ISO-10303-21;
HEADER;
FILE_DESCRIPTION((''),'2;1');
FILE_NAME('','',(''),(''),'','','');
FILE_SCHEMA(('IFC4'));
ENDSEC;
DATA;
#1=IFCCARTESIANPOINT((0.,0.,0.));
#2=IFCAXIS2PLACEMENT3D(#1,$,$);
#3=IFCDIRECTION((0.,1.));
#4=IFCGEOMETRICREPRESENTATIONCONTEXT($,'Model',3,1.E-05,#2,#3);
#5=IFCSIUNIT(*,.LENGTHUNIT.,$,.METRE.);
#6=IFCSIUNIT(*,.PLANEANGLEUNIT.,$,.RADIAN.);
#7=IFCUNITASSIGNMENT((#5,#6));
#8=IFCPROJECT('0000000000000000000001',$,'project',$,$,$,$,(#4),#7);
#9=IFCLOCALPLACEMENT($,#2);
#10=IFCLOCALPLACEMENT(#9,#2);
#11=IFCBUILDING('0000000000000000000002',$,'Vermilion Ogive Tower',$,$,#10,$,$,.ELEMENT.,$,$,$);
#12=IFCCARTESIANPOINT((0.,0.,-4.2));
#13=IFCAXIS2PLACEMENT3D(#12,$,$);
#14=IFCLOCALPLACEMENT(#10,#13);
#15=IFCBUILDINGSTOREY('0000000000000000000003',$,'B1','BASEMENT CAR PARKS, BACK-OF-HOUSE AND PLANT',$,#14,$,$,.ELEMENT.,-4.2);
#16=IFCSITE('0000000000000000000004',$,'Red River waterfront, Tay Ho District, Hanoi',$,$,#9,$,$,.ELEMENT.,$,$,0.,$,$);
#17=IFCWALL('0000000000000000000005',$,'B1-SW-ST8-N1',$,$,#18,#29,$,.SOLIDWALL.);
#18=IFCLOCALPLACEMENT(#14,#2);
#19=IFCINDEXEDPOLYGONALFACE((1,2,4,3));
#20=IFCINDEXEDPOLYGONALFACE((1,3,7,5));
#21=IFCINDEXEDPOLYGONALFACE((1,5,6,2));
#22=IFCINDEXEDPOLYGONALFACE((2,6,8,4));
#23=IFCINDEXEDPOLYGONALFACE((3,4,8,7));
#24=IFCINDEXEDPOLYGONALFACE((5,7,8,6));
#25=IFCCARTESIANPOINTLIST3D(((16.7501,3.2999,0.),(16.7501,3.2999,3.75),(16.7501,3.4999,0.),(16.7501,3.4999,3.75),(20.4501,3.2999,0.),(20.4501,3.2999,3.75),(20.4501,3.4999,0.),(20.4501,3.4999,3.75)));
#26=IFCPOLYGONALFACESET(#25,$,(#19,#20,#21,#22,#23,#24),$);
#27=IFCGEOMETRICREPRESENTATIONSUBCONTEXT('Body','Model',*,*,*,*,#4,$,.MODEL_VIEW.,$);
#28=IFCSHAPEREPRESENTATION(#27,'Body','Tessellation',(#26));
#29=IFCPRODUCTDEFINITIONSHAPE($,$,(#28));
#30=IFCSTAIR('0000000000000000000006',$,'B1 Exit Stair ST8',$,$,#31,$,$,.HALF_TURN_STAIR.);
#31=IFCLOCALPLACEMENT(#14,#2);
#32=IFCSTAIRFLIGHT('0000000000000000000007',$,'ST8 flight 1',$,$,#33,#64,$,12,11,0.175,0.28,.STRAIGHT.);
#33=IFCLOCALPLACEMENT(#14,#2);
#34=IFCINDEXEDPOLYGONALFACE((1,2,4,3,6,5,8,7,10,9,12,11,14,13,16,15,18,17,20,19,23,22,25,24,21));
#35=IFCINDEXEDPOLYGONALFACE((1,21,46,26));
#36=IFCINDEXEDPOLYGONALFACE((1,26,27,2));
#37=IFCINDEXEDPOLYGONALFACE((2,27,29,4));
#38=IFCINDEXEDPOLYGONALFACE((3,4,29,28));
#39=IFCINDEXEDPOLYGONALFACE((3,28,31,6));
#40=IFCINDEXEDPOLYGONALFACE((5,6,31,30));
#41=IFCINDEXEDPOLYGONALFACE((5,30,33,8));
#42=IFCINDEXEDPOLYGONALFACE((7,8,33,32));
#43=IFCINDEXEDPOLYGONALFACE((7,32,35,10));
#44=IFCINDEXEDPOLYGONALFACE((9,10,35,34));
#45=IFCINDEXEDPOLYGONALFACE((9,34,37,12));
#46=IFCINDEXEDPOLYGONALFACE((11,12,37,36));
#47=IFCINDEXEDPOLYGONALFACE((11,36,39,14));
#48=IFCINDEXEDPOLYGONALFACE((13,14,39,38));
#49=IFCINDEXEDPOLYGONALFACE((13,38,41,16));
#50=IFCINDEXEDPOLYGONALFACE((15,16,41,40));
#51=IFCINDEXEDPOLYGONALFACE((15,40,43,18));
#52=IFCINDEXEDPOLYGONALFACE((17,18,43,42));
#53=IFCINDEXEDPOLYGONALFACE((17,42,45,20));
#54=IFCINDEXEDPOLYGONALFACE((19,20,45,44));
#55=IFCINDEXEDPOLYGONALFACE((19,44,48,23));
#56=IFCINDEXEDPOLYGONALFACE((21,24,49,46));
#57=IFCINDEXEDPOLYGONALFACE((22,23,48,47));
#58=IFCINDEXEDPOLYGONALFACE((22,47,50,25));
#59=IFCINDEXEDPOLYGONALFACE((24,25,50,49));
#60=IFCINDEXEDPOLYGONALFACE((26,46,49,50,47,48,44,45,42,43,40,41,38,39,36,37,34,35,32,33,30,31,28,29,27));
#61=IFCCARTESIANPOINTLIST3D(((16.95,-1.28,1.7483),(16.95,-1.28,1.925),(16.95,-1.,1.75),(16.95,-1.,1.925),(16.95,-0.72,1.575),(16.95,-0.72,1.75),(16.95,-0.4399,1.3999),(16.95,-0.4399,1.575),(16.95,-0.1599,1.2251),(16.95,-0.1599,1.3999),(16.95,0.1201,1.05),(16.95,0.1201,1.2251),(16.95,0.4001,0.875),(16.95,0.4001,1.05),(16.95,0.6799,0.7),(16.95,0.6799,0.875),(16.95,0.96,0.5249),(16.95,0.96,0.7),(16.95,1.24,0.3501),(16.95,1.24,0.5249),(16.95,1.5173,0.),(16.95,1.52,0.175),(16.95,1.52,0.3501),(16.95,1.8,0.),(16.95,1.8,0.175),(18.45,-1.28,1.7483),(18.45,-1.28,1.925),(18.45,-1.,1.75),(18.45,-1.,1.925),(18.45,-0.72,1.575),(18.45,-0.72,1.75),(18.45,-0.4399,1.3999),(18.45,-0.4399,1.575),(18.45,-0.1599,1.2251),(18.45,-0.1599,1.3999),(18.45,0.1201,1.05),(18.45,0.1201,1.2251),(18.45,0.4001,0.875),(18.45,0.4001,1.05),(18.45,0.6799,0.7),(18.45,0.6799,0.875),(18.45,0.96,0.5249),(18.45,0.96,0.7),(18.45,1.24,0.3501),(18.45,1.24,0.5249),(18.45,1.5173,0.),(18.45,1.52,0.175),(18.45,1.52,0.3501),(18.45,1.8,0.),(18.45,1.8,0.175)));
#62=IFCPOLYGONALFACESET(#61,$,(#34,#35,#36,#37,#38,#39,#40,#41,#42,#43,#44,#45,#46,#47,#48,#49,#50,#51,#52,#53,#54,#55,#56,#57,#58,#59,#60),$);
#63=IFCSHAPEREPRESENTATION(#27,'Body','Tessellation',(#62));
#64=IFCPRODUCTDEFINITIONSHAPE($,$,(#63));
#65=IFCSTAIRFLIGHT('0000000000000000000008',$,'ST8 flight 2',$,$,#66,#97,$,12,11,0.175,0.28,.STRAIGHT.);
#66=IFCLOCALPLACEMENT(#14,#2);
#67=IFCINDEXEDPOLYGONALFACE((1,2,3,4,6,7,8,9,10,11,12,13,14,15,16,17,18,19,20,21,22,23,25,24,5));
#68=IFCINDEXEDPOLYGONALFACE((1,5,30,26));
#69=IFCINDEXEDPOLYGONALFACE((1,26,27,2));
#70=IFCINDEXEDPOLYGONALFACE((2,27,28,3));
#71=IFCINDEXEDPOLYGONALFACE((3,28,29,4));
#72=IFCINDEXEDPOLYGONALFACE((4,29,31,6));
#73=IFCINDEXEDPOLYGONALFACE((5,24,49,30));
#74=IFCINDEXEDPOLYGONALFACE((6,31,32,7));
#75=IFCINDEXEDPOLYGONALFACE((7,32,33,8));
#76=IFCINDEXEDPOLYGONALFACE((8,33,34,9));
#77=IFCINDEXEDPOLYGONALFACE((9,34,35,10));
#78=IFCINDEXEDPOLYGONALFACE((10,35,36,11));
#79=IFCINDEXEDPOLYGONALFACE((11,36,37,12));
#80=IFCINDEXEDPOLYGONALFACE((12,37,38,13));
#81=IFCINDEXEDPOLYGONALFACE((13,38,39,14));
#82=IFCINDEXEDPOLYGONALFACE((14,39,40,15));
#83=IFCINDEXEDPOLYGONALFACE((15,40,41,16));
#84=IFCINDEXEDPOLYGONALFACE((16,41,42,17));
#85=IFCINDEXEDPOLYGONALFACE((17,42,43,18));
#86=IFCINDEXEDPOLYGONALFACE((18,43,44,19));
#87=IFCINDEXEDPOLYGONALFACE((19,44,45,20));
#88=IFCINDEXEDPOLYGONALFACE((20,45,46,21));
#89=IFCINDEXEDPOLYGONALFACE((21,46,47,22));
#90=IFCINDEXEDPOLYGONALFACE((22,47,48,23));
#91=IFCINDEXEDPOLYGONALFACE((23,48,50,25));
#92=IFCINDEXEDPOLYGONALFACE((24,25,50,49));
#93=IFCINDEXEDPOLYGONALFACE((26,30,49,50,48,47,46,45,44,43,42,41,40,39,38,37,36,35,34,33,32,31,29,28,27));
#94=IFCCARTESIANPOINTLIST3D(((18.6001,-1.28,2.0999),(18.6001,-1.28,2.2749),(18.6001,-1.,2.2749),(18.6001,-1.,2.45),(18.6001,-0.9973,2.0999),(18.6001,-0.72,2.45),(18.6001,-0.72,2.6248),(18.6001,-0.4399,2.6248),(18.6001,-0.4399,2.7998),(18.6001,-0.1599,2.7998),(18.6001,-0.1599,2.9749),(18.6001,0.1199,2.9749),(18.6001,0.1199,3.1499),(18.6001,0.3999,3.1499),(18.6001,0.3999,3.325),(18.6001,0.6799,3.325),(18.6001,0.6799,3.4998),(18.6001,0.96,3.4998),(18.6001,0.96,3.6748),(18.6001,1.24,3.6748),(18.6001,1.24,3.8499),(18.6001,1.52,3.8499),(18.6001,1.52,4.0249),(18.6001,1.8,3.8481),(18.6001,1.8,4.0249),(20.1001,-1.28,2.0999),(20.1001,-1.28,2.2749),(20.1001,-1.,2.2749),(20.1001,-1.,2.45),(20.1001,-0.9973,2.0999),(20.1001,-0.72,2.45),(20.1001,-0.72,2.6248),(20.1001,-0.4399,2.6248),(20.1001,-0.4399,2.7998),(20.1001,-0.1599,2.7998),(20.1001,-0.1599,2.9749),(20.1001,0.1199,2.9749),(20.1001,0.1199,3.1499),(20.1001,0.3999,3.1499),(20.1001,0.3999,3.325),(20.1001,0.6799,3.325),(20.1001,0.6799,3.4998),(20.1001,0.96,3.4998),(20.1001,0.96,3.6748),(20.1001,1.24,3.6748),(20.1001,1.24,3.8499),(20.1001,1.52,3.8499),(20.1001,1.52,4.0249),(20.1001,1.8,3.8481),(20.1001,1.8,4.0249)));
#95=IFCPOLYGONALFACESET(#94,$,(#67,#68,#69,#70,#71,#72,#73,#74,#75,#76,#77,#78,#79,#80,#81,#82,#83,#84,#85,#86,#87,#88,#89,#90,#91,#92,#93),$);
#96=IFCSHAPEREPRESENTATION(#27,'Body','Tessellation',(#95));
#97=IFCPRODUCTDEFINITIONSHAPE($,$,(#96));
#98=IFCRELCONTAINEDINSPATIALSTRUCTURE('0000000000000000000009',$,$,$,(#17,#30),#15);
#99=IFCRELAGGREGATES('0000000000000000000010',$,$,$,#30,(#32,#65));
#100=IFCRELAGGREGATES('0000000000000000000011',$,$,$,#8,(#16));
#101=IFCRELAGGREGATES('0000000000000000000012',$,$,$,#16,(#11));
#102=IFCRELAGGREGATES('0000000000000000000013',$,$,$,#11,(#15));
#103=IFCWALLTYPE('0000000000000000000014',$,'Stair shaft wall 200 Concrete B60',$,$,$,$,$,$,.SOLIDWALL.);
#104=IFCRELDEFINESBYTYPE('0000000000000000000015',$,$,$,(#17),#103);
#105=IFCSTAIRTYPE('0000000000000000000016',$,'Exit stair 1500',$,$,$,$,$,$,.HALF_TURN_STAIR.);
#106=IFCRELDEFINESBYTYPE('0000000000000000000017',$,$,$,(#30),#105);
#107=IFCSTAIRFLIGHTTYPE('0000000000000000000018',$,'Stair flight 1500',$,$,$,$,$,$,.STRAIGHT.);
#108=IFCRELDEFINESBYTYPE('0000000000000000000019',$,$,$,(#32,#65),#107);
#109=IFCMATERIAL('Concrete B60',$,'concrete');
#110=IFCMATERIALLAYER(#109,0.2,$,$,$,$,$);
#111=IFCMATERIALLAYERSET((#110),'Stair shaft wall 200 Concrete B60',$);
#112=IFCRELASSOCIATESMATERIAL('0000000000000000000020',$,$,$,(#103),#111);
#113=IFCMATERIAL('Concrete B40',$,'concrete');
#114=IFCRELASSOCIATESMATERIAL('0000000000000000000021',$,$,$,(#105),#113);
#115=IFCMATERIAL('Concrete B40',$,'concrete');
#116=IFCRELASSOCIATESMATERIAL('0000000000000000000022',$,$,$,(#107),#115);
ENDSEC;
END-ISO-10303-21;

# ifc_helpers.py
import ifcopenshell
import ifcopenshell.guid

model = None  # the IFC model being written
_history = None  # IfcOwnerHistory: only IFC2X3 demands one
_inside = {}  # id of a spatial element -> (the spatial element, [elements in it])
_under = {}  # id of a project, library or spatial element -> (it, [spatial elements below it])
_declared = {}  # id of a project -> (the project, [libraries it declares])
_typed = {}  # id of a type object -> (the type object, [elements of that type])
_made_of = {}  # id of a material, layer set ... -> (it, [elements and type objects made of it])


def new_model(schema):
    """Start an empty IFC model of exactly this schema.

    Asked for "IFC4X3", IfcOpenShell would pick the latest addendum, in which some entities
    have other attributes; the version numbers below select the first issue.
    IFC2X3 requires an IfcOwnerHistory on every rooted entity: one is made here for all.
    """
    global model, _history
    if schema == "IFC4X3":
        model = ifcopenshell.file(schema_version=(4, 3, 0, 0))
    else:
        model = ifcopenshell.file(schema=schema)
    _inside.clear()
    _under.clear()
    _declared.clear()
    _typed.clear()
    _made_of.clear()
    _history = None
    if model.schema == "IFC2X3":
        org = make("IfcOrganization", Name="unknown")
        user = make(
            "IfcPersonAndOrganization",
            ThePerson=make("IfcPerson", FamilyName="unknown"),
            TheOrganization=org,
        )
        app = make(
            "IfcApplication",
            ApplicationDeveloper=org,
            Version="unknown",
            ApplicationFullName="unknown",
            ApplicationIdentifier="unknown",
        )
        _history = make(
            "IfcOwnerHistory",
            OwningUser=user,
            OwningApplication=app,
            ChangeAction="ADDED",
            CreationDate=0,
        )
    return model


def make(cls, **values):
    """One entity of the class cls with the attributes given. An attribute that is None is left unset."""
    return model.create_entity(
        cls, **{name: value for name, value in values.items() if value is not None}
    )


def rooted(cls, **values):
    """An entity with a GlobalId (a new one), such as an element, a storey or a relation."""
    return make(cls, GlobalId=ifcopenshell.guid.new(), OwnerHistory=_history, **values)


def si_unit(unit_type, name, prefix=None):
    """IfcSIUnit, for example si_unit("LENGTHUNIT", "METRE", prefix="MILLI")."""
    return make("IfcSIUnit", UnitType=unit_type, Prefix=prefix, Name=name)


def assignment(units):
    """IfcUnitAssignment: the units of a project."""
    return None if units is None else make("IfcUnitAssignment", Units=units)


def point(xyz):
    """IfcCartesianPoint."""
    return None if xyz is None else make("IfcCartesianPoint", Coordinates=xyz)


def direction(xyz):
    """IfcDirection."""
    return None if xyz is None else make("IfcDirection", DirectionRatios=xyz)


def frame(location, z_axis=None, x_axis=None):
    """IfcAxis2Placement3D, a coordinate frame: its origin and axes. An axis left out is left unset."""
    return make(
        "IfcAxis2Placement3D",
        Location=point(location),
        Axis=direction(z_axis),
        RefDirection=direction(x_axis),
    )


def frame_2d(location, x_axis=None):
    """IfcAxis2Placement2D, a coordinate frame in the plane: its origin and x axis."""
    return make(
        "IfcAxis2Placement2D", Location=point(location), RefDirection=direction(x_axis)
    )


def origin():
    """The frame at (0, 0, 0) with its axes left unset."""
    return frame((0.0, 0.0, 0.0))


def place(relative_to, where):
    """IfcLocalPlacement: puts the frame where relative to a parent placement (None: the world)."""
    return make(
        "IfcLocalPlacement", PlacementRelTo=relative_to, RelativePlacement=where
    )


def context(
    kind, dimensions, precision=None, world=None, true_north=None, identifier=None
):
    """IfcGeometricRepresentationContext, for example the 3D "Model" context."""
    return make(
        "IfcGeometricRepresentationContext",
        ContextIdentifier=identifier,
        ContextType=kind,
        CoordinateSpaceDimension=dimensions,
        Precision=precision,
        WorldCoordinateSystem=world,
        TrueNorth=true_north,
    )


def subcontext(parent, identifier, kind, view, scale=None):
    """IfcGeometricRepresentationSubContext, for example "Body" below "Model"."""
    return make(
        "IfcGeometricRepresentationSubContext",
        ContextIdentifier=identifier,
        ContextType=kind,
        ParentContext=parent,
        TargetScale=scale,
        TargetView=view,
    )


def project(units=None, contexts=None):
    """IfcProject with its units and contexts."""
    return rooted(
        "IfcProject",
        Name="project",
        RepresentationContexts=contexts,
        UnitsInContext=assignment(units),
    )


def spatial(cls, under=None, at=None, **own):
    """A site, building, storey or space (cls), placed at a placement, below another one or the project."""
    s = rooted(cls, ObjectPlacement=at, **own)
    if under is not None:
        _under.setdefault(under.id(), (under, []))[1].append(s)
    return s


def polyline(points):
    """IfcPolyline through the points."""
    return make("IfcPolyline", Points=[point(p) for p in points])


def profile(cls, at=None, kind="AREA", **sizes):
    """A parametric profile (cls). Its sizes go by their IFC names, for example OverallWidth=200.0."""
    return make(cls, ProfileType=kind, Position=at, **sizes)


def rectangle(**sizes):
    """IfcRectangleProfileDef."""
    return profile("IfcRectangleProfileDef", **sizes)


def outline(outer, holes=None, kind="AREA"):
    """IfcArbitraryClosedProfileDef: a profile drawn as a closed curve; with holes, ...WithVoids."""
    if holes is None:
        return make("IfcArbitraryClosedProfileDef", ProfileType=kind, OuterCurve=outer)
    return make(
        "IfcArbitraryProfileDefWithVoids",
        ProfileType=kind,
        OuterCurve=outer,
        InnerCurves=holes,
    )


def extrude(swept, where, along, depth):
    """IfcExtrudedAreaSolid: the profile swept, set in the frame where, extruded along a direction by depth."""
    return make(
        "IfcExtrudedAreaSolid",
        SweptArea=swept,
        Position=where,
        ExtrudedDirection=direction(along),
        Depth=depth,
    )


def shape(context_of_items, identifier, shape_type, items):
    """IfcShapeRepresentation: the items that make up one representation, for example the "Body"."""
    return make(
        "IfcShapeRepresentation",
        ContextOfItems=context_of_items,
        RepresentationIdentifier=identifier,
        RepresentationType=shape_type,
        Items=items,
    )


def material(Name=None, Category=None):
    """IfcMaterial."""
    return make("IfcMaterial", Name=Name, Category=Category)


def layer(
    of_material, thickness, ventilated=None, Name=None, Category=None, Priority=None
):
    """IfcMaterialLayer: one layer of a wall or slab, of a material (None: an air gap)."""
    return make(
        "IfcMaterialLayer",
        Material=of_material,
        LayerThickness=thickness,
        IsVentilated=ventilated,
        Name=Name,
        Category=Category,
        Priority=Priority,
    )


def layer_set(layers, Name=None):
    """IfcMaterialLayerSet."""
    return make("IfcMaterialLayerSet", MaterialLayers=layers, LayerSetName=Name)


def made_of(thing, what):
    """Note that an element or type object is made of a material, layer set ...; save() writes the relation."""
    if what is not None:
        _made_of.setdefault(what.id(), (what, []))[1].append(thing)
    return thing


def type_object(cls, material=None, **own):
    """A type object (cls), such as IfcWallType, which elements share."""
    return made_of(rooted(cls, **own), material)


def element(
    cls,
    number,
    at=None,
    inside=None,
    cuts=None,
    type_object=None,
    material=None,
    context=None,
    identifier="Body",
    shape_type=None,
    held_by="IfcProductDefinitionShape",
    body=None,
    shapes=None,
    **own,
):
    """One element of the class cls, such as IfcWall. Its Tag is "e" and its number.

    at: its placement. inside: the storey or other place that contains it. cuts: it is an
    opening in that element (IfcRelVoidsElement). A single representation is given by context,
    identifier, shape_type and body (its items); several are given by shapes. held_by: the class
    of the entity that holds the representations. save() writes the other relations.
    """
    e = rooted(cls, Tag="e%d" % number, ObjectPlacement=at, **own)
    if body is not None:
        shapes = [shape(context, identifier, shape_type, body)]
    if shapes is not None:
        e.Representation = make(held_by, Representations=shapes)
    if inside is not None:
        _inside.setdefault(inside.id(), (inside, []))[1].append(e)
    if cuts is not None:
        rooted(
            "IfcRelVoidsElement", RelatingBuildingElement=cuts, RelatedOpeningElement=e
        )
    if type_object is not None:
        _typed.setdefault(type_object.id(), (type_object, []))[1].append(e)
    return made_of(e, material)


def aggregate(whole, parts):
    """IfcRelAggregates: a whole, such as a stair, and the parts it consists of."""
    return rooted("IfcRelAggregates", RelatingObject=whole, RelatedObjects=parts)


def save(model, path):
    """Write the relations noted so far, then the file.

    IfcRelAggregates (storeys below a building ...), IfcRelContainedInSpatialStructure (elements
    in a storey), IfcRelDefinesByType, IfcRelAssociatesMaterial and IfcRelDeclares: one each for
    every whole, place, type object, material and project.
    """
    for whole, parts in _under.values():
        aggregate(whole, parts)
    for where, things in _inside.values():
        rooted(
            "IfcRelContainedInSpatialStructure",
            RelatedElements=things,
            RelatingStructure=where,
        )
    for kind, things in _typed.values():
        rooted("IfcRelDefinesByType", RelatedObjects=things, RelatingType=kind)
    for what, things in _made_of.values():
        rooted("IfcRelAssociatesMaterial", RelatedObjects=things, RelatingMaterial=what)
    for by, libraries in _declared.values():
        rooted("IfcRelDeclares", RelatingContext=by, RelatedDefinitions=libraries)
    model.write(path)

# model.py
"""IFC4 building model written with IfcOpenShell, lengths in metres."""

from ifc_helpers import new_model, si_unit, direction, frame, frame_2d, origin, place, context, subcontext, project, spatial, polyline, rectangle, outline, extrude, material, layer, layer_set, type_object, element, aggregate, save


model = new_model("IFC4")

# Units and contexts
model_context = context("Model", 3, precision=1e-05, world=origin(), true_north=direction((0.0, 1.0)))
body_context = subcontext(model_context, "Body", "Model", "MODEL_VIEW")
ifc_project = project(units=[si_unit("LENGTHUNIT", "METRE"), si_unit("PLANEANGLEUNIT", "RADIAN")], contexts=[model_context])

# Site, building, storey
site_placement = place(None, origin())
site = spatial("IfcSite", under=ifc_project, at=site_placement, Name="Red River waterfront, Tay Ho District, Hanoi", CompositionType="ELEMENT", RefElevation=0.0)
building_placement = place(site_placement, origin())
building = spatial("IfcBuilding", under=site, at=building_placement, Name="Vermilion Ogive Tower", CompositionType="ELEMENT")
storey_placement = place(building_placement, frame((0.0, 0.0, -4.2)))
storey = spatial("IfcBuildingStorey", under=building, at=storey_placement, Name="B1", Description="BASEMENT CAR PARKS, BACK-OF-HOUSE AND PLANT", CompositionType="ELEMENT", Elevation=-4.2)

# Wall
ifc_material_1 = material(Name="Concrete B60", Category="concrete")
ifc_layer_1 = layer(ifc_material_1, 0.2)
ifc_layer_set_1 = layer_set([ifc_layer_1], Name="Stair shaft wall 200 Concrete B60")
wall_type_1 = type_object("IfcWallType", Name="Stair shaft wall 200 Concrete B60", PredefinedType="SOLIDWALL", material=ifc_layer_set_1)
wall_1_placement = place(storey_placement, frame((16.75, 3.3999, 0.0), z_axis=(0.0, 0.0, 1.0), x_axis=(1.0, 0.0, 0.0)))
element("IfcWall", 1, at=wall_1_placement, inside=storey, type_object=wall_type_1, Name="B1-SW-ST8-N1", PredefinedType="SOLIDWALL", context=body_context, shape_type="SweptSolid", body=[
    extrude(rectangle(XDim=3.7, YDim=0.2, at=frame_2d((1.8501, 0.0))), origin(), (0.0, 0.0, 1.0), 3.75),
])

# Stair, stair flights
ifc_material_2 = material(Name="Concrete B40", Category="concrete")
stair_type = type_object("IfcStairType", Name="Exit stair 1500", PredefinedType="HALF_TURN_STAIR", material=ifc_material_2)
stair_placement = place(storey_placement, origin())
stair = element("IfcStair", 2, at=stair_placement, inside=storey, type_object=stair_type, Name="B1 Exit Stair ST8", PredefinedType="HALF_TURN_STAIR")
ifc_material_3 = material(Name="Concrete B40", Category="concrete")
stair_flight_type = type_object("IfcStairFlightType", Name="Stair flight 1500", PredefinedType="STRAIGHT", material=ifc_material_3)
stair_flight_1_placement = place(storey_placement, frame((17.7, 1.8, 0.0), z_axis=(0.0, 0.0, 1.0), x_axis=(0.0, -1.0, 0.0)))
stair_flight_1 = element("IfcStairFlight", 3, at=stair_flight_1_placement, type_object=stair_flight_type, Name="ST8 flight 1", NumberOfRisers=12, NumberOfTreads=11, PredefinedType="STRAIGHT", RiserHeight=0.175, TreadLength=0.28, context=body_context, shape_type="SweptSolid", body=[
    extrude(outline(polyline([(0.0, 0.0), (0.0, 0.175), (0.28, 0.175), (0.28, 0.3501), (0.5601, 0.3501), (0.5601, 0.5249), (0.8401, 0.5249), (0.8401, 0.7), (1.1201, 0.7), (1.1201, 0.875), (1.3999, 0.875), (1.3999, 1.05), (1.6799, 1.05), (1.6799, 1.2251), (1.96, 1.2251), (1.96, 1.3999), (2.24, 1.3999), (2.24, 1.575), (2.52, 1.575), (2.52, 1.75), (2.8, 1.75), (2.8, 1.925), (3.0801, 1.925), (3.0801, 2.1001), (3.0801, 1.7483), (0.2827, 0.0), (0.0, 0.0)])), frame((0.0, 0.75, 0.0), z_axis=(0.0, -1.0, 0.0), x_axis=(1.0, 0.0, 0.0)), (0.0, 0.0, 1.0), 1.5),
])
stair_flight_2_placement = place(storey_placement, frame((19.3501, -1.28, 2.0999), z_axis=(0.0, 0.0, 1.0), x_axis=(0.0, 1.0, 0.0)))
stair_flight_2 = element("IfcStairFlight", 4, at=stair_flight_2_placement, type_object=stair_flight_type, Name="ST8 flight 2", NumberOfRisers=12, NumberOfTreads=11, PredefinedType="STRAIGHT", RiserHeight=0.175, TreadLength=0.28, context=body_context, shape_type="SweptSolid", body=[
    extrude(outline(polyline([(0.0, 0.0), (0.0, 0.175), (0.28, 0.175), (0.28, 0.3501), (0.5601, 0.3501), (0.5601, 0.5249), (0.8401, 0.5249), (0.8401, 0.7), (1.1201, 0.7), (1.1201, 0.875), (1.3999, 0.875), (1.3999, 1.05), (1.6799, 1.05), (1.6799, 1.2251), (1.96, 1.2251), (1.96, 1.3999), (2.24, 1.3999), (2.24, 1.575), (2.52, 1.575), (2.52, 1.75), (2.8, 1.75), (2.8, 1.925), (3.0801, 1.925), (3.0801, 2.1001), (3.0801, 1.7483), (0.2827, 0.0), (0.0, 0.0)])), frame((0.0, 0.75, 0.0), z_axis=(0.0, -1.0, 0.0), x_axis=(1.0, 0.0, 0.0)), (0.0, 0.0, 1.0), 1.5),
])
aggregate(stair, [stair_flight_1, stair_flight_2])

save(model, "model.ifc")
